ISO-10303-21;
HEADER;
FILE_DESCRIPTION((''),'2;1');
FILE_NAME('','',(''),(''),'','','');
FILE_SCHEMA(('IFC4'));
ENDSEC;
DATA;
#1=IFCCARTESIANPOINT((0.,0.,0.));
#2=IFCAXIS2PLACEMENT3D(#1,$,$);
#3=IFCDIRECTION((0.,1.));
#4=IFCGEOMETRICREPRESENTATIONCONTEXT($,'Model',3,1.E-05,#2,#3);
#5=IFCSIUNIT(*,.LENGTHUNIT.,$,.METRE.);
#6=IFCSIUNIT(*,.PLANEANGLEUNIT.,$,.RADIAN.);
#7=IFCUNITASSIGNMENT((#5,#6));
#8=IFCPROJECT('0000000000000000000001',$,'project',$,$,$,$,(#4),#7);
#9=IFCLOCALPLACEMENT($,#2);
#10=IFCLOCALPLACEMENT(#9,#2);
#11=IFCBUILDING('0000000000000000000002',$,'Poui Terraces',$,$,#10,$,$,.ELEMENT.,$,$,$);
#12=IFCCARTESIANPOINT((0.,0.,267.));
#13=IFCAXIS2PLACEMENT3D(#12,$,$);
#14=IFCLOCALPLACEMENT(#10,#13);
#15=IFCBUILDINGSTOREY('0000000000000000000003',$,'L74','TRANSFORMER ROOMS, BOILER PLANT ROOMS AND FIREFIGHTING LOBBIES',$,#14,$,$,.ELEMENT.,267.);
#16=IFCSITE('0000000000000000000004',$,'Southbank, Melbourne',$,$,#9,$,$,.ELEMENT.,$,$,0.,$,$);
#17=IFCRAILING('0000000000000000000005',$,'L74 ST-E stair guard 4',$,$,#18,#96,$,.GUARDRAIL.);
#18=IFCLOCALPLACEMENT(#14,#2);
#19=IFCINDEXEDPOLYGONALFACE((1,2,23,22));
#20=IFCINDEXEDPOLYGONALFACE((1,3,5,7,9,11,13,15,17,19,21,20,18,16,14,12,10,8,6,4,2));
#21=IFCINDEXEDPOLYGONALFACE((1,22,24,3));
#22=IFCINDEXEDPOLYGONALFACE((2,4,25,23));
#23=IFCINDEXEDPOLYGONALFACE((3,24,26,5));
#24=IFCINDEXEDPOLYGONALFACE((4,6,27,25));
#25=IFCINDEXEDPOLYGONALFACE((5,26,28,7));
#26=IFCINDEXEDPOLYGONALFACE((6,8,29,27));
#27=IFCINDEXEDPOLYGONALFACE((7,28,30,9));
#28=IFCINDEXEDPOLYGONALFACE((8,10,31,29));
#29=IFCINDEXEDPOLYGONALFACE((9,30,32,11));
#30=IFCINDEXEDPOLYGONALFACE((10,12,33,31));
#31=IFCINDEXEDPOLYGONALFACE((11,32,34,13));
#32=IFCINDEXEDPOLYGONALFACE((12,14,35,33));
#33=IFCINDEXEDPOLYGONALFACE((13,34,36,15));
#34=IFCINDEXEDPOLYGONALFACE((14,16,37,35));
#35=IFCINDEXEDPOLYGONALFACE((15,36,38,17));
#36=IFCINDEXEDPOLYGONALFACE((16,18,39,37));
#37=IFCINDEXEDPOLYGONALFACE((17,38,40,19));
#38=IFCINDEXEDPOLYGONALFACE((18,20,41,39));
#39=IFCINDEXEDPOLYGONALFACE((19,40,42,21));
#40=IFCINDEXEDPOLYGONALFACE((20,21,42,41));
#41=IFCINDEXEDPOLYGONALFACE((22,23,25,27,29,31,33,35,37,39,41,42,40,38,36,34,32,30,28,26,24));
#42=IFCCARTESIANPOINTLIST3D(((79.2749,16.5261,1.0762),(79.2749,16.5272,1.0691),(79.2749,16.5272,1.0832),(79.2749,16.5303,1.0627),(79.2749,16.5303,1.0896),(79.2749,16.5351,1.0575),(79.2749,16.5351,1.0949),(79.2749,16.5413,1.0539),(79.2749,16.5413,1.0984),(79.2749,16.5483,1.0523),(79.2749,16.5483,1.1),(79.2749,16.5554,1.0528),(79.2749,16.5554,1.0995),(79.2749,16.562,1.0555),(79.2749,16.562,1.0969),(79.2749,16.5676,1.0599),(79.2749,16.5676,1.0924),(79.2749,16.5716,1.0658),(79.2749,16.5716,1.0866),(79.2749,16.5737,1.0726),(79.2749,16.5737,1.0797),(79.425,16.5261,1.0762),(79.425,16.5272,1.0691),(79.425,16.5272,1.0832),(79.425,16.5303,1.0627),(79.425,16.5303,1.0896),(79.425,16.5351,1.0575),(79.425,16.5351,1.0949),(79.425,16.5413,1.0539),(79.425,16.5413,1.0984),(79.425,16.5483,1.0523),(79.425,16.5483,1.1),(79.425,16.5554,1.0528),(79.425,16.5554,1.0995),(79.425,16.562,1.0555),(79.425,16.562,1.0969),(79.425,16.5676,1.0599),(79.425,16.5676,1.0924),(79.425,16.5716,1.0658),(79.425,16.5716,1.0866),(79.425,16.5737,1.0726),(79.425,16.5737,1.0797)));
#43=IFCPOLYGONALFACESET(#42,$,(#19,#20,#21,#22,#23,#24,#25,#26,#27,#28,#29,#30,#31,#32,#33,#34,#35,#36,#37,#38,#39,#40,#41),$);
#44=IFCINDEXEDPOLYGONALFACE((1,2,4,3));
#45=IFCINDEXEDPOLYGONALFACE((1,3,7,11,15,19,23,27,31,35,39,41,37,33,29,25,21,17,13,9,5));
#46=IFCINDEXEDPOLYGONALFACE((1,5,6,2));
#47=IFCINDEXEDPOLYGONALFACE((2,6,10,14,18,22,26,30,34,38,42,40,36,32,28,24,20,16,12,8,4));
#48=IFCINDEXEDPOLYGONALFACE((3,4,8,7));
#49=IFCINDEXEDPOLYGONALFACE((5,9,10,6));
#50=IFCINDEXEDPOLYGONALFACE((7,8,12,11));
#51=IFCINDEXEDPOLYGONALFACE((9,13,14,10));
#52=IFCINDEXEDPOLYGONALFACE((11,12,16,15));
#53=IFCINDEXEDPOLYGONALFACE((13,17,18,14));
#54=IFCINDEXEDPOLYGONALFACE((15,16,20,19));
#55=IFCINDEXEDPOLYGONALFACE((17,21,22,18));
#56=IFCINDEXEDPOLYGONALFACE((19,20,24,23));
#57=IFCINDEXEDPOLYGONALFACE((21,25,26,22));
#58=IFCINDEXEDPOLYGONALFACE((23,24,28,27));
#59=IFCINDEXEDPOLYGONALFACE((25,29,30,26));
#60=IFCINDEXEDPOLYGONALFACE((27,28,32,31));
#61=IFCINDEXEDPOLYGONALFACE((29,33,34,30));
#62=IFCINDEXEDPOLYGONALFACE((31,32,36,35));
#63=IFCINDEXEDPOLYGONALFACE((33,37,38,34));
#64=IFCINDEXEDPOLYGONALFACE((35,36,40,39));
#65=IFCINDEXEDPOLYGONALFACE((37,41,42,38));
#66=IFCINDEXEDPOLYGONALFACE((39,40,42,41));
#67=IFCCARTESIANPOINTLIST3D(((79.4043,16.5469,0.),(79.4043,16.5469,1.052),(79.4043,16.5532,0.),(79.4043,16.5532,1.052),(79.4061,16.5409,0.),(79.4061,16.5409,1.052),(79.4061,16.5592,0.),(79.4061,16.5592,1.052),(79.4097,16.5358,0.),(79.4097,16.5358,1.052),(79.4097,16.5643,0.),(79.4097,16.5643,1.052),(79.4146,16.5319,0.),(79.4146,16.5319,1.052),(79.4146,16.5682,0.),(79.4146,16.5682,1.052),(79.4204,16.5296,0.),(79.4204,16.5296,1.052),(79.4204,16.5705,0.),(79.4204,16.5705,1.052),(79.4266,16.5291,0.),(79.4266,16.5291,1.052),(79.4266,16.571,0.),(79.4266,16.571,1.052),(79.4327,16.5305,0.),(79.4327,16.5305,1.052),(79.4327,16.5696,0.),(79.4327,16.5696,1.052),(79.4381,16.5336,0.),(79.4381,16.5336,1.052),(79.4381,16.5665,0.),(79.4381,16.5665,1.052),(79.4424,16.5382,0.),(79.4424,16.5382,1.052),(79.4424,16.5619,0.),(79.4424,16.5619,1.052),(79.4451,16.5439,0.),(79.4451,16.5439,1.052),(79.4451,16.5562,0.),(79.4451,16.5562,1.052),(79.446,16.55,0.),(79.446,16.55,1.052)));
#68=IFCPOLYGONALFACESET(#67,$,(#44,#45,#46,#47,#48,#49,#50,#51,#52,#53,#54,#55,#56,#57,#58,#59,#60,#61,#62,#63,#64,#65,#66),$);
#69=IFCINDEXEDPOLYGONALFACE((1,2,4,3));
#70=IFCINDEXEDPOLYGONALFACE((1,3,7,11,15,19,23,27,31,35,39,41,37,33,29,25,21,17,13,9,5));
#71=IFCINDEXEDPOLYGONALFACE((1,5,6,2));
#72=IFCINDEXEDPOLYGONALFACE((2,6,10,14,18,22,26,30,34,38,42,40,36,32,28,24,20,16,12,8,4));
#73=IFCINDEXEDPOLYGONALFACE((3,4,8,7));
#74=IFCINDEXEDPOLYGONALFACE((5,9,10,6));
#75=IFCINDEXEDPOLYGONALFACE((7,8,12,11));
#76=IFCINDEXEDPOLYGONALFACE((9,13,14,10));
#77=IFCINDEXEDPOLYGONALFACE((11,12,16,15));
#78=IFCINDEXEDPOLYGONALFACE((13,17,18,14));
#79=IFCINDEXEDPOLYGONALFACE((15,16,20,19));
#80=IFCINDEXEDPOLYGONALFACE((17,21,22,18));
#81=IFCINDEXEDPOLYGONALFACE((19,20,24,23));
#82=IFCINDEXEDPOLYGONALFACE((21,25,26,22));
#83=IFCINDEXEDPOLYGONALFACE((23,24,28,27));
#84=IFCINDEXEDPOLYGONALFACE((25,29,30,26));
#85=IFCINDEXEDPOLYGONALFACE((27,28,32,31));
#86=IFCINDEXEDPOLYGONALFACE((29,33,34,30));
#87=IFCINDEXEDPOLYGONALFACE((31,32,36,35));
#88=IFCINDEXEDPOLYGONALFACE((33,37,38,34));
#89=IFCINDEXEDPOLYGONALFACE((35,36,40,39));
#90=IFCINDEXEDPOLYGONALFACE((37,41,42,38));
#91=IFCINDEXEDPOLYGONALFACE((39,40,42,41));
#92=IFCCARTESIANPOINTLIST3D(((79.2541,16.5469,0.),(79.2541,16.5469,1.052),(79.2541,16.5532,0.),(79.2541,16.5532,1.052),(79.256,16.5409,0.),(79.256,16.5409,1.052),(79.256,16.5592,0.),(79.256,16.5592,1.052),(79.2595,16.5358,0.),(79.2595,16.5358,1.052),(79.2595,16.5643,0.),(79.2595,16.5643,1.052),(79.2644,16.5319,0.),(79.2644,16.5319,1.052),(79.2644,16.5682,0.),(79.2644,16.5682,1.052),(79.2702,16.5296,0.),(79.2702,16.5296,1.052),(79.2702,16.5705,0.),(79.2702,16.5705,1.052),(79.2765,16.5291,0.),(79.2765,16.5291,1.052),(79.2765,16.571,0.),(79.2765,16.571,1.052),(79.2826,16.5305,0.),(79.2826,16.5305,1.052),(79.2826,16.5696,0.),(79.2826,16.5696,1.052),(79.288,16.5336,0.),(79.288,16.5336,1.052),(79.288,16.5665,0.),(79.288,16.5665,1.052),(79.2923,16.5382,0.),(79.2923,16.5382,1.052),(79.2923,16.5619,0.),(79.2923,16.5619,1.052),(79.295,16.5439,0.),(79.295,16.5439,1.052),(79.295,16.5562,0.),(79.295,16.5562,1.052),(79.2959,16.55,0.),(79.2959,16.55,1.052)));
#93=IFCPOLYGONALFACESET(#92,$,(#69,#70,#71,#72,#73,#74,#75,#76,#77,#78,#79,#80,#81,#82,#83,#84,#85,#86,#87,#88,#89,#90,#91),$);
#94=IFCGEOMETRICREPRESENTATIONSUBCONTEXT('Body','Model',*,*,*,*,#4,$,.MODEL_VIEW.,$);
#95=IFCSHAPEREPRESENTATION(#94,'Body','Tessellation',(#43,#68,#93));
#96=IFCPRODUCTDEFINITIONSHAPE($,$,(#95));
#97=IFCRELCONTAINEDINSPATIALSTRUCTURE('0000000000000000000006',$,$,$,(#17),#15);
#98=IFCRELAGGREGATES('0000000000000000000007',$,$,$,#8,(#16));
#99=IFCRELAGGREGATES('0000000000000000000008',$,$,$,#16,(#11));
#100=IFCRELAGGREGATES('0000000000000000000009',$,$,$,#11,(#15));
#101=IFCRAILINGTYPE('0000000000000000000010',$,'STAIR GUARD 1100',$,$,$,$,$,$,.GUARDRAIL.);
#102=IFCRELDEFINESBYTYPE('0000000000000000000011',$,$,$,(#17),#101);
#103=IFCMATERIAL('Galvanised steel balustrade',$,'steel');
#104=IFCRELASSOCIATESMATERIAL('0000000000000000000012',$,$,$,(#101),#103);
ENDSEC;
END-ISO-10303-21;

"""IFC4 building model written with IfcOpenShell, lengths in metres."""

from ifc_helpers import new_model, si_unit, direction, frame, origin, origin_2d, place, context, subcontext, project, spatial, circle, extrude, material, type_object, element, save


model = new_model("IFC4")

# Units and contexts
model_context = context("Model", 3, precision=1e-05, world=origin(), true_north=direction((0.0, 1.0)))
body_context = subcontext(model_context, "Body", "Model", "MODEL_VIEW")
ifc_project = project(units=[si_unit("LENGTHUNIT", "METRE"), si_unit("PLANEANGLEUNIT", "RADIAN")], contexts=[model_context])

# Site, building, storey
site_placement = place(None, origin())
site = spatial("IfcSite", under=ifc_project, at=site_placement, Name="Southbank, Melbourne", CompositionType="ELEMENT", RefElevation=0.0)
building_placement = place(site_placement, origin())
building = spatial("IfcBuilding", under=site, at=building_placement, Name="Poui Terraces", CompositionType="ELEMENT")
storey_placement = place(building_placement, frame((0.0, 0.0, 267.0)))
storey = spatial("IfcBuildingStorey", under=building, at=storey_placement, Name="L74", Description="TRANSFORMER ROOMS, BOILER PLANT ROOMS AND FIREFIGHTING LOBBIES", CompositionType="ELEMENT", Elevation=267.0)

# Railing
ifc_material_1 = material(Name="Galvanised steel balustrade", Category="steel")
railing_type_1 = type_object("IfcRailingType", Name="STAIR GUARD 1100", PredefinedType="GUARDRAIL", material=ifc_material_1)
railing_1_placement = place(storey_placement, frame((79.425, 16.55, 0.0)))
element("IfcRailing", 1, at=railing_1_placement, inside=storey, type_object=railing_type_1, Name="L74 ST-E stair guard 4", PredefinedType="GUARDRAIL", context=body_context, shape_type="SweptSolid", body=[
    extrude(circle(Radius=0.0239, at=origin_2d()), frame((0.0, 0.0, 1.0762), z_axis=(-1.0, 0.0, 0.0), x_axis=(0.0, -1.0, 0.0)), (0.0, 0.0, 1.0), 0.1501),
    extrude(circle(Radius=0.021, at=origin_2d()), origin(), (0.0, 0.0, 1.0), 1.052),
    extrude(circle(Radius=0.021, at=origin_2d()), frame((-0.1501, 0.0, 0.0)), (0.0, 0.0, 1.0), 1.052),
])

save(model, "model.ifc")
